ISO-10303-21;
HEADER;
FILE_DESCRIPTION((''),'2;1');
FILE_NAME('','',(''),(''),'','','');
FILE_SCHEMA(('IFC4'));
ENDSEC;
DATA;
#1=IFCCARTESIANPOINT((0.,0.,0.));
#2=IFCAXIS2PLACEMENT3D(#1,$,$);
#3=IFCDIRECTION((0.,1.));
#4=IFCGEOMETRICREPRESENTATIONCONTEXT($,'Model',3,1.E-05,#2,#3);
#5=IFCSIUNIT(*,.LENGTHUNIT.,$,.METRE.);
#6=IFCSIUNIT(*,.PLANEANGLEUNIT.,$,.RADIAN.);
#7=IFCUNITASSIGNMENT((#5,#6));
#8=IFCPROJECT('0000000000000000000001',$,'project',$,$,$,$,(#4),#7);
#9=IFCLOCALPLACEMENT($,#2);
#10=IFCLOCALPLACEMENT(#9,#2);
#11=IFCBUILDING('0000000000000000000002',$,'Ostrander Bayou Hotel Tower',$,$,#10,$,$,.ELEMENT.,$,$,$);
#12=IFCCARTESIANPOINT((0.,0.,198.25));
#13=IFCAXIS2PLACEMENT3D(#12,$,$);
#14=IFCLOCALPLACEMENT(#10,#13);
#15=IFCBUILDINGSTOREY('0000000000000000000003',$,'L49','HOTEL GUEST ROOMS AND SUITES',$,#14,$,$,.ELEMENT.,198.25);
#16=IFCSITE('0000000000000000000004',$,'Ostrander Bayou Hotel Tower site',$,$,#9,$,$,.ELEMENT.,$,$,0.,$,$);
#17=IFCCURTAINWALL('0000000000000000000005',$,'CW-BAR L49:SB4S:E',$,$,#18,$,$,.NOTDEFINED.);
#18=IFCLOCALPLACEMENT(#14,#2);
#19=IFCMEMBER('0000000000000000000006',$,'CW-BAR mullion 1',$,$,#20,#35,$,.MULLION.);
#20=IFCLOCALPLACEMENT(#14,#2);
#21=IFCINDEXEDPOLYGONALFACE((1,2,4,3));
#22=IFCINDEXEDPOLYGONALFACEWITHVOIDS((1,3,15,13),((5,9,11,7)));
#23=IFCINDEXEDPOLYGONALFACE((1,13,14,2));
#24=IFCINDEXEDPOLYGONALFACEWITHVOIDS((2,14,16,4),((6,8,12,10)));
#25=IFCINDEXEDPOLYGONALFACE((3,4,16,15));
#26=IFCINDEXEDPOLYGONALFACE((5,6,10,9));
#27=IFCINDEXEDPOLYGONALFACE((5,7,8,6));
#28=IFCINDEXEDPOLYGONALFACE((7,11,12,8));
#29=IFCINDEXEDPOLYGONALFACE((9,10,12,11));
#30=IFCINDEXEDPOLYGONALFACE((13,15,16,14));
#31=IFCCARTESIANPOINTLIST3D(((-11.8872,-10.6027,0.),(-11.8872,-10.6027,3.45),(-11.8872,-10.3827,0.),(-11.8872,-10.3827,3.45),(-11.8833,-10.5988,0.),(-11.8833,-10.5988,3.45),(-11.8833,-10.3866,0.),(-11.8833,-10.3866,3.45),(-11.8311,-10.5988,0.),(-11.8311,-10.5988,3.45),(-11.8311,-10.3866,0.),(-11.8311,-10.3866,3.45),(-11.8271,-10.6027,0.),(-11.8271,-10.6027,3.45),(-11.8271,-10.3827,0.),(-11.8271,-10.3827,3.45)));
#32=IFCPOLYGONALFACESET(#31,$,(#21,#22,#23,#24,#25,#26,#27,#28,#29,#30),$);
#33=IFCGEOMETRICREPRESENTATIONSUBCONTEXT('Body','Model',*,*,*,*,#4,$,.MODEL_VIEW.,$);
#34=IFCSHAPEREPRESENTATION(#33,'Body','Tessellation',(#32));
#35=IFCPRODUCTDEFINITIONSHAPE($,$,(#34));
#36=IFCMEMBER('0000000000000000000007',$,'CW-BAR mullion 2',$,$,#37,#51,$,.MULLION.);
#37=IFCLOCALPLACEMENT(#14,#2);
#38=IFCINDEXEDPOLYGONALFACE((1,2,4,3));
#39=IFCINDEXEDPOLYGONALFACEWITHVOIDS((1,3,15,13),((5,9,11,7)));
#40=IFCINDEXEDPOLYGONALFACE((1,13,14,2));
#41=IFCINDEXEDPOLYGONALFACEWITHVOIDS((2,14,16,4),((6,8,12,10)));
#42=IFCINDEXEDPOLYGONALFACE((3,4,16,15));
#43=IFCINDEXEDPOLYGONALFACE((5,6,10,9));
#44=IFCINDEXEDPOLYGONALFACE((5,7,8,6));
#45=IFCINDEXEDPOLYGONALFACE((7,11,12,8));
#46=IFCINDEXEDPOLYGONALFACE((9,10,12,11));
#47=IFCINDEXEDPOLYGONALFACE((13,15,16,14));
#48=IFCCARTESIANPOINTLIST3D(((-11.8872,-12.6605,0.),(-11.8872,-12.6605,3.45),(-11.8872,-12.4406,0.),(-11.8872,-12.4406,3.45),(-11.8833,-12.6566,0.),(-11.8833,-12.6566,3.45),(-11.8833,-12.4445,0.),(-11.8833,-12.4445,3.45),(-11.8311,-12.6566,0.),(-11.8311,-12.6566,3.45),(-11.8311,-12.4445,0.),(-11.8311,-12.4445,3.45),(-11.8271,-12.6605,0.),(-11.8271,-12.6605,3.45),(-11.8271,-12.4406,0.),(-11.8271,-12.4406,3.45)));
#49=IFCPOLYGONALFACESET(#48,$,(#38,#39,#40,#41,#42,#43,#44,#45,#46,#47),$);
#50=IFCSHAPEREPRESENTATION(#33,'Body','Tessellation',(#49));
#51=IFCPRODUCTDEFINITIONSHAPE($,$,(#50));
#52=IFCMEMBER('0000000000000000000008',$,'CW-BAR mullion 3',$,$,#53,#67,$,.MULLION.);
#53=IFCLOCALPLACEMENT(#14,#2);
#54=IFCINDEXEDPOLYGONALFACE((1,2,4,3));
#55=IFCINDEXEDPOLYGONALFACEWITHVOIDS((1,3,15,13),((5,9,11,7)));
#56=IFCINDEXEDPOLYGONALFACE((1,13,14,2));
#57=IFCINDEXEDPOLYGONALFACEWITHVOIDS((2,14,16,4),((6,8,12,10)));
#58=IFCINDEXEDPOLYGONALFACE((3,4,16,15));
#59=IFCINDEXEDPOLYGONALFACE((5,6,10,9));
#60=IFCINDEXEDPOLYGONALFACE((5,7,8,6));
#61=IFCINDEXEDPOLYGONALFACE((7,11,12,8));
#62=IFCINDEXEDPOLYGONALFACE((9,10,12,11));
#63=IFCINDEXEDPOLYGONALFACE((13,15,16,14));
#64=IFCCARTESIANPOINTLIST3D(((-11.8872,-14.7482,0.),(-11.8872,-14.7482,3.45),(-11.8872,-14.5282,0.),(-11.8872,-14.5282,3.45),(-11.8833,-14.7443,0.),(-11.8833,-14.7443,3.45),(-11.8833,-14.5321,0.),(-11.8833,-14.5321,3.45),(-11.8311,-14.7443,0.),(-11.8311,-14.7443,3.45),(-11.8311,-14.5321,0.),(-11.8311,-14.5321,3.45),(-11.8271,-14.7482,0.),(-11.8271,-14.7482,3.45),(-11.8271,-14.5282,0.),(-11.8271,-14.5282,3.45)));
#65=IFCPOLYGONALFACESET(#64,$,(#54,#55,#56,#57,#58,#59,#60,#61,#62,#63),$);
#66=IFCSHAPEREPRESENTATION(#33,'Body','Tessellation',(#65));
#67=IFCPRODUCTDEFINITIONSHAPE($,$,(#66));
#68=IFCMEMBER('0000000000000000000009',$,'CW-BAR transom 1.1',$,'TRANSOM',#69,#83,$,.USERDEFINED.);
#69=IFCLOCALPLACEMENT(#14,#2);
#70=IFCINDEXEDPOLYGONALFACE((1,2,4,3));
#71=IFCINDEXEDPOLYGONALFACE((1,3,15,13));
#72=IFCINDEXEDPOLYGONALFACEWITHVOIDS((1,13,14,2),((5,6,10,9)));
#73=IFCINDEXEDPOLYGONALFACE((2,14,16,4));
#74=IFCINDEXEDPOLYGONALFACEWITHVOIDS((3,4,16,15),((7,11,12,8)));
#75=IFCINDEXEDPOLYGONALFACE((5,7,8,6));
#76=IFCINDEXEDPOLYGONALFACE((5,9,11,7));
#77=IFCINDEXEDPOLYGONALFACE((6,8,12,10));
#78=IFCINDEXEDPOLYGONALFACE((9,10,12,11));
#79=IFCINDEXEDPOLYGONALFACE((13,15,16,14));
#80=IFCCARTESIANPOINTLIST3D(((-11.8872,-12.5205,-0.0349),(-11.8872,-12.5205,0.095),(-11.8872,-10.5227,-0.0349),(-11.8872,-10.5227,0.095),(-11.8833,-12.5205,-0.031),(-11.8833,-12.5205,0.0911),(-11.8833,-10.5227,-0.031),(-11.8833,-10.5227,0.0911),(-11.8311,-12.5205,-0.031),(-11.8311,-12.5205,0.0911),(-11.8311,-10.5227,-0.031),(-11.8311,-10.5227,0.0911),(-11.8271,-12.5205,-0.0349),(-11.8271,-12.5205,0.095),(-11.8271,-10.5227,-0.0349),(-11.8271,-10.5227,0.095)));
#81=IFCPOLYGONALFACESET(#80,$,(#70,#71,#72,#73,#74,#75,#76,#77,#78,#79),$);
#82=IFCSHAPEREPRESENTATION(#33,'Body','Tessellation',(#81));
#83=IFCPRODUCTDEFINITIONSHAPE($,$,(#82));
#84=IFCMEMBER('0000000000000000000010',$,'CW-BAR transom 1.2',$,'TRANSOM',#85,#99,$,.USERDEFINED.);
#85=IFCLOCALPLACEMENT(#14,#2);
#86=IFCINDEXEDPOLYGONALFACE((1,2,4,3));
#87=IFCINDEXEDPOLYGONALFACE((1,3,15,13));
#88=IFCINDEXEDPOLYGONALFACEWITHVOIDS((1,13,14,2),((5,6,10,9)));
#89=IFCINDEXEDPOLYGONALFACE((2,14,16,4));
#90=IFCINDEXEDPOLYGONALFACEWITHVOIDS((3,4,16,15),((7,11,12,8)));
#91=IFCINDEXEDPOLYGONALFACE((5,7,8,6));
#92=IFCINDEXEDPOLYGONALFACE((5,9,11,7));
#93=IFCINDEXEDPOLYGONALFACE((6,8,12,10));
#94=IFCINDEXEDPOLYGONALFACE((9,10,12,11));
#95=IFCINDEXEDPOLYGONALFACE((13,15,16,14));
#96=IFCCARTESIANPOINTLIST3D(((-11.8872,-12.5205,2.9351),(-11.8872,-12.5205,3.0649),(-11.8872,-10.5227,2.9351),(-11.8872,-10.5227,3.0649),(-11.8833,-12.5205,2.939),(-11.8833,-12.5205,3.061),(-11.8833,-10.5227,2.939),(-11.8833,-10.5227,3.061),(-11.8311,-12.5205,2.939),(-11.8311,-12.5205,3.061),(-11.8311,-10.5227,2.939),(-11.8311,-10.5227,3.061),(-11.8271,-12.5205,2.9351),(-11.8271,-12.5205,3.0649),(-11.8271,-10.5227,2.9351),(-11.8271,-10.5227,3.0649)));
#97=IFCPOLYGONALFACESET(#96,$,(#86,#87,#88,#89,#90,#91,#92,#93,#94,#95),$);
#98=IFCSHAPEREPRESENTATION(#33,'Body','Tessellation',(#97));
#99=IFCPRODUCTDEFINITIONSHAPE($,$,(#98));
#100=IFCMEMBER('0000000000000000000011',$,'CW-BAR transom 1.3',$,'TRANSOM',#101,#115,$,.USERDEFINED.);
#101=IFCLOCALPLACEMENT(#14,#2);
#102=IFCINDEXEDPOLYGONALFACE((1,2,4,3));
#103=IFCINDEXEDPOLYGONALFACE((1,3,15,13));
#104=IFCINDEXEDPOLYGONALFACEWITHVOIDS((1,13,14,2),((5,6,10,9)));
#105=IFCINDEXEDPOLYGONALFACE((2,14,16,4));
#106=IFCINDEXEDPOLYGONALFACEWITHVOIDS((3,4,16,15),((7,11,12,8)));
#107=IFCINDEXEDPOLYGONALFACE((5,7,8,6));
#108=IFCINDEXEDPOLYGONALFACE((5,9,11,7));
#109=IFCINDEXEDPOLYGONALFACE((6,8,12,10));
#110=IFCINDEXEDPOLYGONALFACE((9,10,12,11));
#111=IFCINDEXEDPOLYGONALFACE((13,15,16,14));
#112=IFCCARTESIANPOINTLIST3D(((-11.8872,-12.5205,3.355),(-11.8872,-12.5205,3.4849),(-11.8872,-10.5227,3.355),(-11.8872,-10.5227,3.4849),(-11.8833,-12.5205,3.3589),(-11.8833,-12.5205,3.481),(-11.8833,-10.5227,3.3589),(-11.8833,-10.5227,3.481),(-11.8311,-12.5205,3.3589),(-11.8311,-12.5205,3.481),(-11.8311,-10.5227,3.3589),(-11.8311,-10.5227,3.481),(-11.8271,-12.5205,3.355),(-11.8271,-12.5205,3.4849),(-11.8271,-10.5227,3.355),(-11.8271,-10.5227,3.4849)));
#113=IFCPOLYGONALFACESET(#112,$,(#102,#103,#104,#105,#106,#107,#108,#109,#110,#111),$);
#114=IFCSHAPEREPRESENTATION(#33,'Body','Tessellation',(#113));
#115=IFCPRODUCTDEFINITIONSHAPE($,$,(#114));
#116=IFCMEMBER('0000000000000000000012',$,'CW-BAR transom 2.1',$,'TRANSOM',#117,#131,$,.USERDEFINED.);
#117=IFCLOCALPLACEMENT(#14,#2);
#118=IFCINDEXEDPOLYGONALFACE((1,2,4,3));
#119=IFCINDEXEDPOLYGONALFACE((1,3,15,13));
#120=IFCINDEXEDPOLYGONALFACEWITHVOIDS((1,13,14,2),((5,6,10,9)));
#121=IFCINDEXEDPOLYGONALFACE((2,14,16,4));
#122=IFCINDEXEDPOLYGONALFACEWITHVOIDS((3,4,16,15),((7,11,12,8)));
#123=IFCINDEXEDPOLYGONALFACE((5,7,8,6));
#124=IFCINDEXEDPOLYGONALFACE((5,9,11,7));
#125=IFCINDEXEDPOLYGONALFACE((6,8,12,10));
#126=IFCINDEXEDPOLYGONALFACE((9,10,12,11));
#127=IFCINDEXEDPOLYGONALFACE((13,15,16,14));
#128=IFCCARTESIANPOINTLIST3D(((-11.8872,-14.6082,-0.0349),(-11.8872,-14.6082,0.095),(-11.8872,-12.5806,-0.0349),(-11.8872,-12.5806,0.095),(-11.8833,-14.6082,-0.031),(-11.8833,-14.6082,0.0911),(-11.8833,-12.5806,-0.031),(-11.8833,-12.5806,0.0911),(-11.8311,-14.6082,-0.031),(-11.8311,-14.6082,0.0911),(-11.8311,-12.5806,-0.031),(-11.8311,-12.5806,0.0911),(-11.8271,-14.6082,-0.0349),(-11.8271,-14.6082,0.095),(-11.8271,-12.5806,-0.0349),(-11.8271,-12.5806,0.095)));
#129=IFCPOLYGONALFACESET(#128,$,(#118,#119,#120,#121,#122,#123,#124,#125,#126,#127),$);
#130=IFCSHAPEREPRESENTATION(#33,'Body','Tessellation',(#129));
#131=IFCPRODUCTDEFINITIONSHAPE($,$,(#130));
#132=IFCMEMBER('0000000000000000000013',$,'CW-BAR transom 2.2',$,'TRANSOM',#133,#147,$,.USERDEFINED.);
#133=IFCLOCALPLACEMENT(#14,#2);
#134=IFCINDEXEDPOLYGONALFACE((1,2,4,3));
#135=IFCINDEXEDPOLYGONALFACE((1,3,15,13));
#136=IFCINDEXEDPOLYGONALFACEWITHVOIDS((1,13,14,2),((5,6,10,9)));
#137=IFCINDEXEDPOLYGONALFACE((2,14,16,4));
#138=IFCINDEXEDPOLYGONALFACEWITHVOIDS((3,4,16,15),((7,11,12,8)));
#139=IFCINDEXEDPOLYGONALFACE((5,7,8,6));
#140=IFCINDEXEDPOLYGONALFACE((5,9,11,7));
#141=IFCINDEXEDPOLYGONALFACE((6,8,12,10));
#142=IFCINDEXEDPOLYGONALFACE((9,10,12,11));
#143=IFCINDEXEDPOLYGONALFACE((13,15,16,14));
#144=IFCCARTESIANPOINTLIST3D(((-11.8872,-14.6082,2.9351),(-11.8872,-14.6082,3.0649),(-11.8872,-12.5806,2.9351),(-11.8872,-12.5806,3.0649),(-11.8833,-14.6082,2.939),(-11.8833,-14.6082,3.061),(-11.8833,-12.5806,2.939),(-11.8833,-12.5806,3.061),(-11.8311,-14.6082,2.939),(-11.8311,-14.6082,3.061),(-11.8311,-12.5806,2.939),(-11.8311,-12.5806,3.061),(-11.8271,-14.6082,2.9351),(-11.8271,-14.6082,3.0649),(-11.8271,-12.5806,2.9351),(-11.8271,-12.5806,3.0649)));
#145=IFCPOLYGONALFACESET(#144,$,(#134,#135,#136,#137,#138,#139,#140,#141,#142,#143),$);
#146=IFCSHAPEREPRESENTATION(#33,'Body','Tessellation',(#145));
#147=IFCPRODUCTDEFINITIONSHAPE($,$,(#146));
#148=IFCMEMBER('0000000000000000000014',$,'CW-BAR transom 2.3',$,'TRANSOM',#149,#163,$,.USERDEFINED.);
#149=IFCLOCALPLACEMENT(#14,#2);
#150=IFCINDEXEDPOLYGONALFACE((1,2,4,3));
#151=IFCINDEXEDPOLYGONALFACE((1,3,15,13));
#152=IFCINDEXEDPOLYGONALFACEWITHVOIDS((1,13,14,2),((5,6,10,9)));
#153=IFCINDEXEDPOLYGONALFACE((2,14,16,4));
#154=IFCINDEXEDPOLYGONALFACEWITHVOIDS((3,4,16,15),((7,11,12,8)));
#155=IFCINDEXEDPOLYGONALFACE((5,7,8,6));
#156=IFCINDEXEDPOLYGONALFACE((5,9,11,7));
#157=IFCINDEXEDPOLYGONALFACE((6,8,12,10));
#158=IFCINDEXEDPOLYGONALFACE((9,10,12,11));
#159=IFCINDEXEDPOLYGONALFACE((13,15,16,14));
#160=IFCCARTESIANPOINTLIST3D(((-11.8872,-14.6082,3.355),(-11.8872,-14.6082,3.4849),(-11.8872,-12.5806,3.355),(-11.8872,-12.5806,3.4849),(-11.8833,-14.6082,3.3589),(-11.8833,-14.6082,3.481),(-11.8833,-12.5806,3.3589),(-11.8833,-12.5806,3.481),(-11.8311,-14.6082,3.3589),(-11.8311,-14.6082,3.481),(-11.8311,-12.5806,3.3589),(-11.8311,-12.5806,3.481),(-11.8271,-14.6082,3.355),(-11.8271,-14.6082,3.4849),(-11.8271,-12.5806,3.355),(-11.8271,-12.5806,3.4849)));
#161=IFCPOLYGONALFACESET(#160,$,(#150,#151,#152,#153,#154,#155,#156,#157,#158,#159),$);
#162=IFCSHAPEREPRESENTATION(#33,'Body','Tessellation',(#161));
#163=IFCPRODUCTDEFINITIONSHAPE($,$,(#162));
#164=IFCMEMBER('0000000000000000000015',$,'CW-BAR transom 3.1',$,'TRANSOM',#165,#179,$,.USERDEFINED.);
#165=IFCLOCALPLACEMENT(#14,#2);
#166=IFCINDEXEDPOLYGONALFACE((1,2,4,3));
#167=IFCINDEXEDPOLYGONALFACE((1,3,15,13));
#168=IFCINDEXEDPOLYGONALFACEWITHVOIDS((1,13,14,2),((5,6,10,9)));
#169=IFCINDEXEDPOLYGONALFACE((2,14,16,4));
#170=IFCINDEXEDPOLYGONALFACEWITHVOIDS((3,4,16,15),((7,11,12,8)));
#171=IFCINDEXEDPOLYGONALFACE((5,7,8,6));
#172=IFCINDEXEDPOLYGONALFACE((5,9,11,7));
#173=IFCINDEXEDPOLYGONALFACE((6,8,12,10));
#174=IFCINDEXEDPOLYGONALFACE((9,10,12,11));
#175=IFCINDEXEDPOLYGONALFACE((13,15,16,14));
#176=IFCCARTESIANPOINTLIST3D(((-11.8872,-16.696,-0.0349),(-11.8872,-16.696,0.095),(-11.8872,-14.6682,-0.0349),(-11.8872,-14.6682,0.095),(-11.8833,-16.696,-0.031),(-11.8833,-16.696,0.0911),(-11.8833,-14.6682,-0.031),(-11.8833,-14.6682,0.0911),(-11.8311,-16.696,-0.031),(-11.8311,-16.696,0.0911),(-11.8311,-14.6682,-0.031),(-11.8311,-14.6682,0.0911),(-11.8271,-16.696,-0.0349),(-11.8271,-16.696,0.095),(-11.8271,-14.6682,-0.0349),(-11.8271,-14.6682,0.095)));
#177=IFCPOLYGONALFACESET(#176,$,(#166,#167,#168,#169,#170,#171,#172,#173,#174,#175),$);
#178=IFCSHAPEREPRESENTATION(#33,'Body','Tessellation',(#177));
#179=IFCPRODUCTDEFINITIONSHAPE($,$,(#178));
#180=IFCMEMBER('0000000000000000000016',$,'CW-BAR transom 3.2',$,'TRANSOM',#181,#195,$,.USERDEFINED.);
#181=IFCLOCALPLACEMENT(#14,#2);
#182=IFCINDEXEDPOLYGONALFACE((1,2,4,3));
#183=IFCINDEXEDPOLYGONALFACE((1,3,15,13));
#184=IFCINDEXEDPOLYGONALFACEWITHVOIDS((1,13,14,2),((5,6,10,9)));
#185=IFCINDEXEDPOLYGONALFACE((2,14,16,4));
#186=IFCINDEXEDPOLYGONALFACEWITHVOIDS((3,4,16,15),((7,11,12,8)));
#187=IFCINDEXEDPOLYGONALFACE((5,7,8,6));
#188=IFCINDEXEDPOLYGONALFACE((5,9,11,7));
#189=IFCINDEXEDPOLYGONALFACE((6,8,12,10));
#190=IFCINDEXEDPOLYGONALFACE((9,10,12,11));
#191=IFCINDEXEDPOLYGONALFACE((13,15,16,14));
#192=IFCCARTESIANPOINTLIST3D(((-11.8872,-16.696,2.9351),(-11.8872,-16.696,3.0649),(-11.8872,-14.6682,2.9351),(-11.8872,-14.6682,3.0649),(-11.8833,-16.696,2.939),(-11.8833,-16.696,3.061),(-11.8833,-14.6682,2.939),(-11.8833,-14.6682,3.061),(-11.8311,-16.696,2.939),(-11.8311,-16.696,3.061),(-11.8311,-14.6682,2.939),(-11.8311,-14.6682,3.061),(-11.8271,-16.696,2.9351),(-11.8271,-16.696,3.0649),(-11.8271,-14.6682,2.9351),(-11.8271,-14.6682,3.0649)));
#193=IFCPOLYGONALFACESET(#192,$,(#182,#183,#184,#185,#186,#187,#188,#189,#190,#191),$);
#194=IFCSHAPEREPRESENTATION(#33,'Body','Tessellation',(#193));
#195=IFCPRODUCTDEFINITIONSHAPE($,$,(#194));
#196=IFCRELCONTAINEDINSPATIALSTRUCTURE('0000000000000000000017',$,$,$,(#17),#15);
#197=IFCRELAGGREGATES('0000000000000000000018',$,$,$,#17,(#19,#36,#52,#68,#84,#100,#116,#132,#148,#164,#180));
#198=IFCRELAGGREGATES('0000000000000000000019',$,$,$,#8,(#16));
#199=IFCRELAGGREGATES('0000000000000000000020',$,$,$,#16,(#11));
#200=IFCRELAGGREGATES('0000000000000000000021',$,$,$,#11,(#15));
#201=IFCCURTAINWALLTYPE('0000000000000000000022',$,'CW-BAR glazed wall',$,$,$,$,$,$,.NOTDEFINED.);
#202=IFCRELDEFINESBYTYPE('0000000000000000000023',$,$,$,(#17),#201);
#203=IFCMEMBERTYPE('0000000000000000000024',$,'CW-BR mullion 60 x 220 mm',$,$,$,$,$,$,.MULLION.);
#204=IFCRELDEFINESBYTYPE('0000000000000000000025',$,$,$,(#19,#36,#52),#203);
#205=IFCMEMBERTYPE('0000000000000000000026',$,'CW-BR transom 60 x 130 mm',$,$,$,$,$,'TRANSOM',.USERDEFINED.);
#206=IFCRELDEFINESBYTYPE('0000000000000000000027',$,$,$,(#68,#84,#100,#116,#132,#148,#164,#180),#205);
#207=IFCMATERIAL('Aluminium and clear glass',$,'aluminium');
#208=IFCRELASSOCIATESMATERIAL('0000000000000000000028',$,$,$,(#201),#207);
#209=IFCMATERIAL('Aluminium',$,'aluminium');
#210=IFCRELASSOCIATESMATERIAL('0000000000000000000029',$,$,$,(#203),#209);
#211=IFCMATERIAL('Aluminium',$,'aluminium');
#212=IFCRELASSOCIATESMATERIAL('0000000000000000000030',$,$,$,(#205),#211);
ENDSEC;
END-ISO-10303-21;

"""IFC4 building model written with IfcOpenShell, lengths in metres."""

from ifc_helpers import new_model, si_unit, direction, frame, origin, origin_2d, place, context, subcontext, project, spatial, hollow_rectangle, extrude, material, material_profile, profile_set, type_object, element, aggregate, save


model = new_model("IFC4")

# Units and contexts
model_context = context("Model", 3, precision=1e-05, world=origin(), true_north=direction((0.0, 1.0)))
body_context = subcontext(model_context, "Body", "Model", "MODEL_VIEW")
ifc_project = project(units=[si_unit("LENGTHUNIT", "METRE"), si_unit("PLANEANGLEUNIT", "RADIAN")], contexts=[model_context])

# Site, building, storey
site_placement = place(None, origin())
site = spatial("IfcSite", under=ifc_project, at=site_placement, Name="Ostrander Bayou Hotel Tower site", CompositionType="ELEMENT", RefElevation=0.0)
building_placement = place(site_placement, origin())
building = spatial("IfcBuilding", under=site, at=building_placement, Name="Ostrander Bayou Hotel Tower", CompositionType="ELEMENT")
storey_placement = place(building_placement, frame((0.0, 0.0, 198.25)))
storey = spatial("IfcBuildingStorey", under=building, at=storey_placement, Name="L49", Description="HOTEL GUEST ROOMS AND SUITES", CompositionType="ELEMENT", Elevation=198.25)

# Curtain wall, members
ifc_material_1 = material(Name="Aluminium and clear glass", Category="aluminium")
curtain_wall_type = type_object("IfcCurtainWallType", Name="CW-BAR glazed wall", PredefinedType="NOTDEFINED", material=ifc_material_1)
curtain_wall_placement = place(storey_placement, origin())
curtain_wall = element("IfcCurtainWall", 1, at=curtain_wall_placement, inside=storey, type_object=curtain_wall_type, Name="CW-BAR L49:SB4S:E", PredefinedType="NOTDEFINED")
ifc_material_2 = material(Name="Aluminium", Category="aluminium")
ifc_material_profile_1 = material_profile(ifc_material_2, hollow_rectangle(XDim=0.0601, YDim=0.22, WallThickness=0.0039, at=origin_2d()))
ifc_profile_set_1 = profile_set([ifc_material_profile_1], Name="Aluminium")
member_type_1 = type_object("IfcMemberType", Name="CW-BR mullion 60 x 220 mm", PredefinedType="MULLION", material=ifc_profile_set_1)
member_1_placement = place(storey_placement, frame((-11.8572, -10.4927, 0.0), z_axis=(0.0, 0.0, 1.0), x_axis=(1.0, 0.0, 0.0)))
member_1 = element("IfcMember", 2, at=member_1_placement, type_object=member_type_1, Name="CW-BAR mullion 1", PredefinedType="MULLION", context=body_context, shape_type="SweptSolid", body=[
    extrude(hollow_rectangle(XDim=0.0601, YDim=0.22, WallThickness=0.0039, at=origin_2d()), origin(), (0.0, 0.0, 1.0), 3.45),
])
member_2_placement = place(storey_placement, frame((-11.8572, -12.5505, 0.0), z_axis=(0.0, 0.0, 1.0), x_axis=(1.0, 0.0, 0.0)))
member_2 = element("IfcMember", 3, at=member_2_placement, type_object=member_type_1, Name="CW-BAR mullion 2", PredefinedType="MULLION", context=body_context, shape_type="SweptSolid", body=[
    extrude(hollow_rectangle(XDim=0.0601, YDim=0.22, WallThickness=0.0039, at=origin_2d()), origin(), (0.0, 0.0, 1.0), 3.45),
])
member_3_placement = place(storey_placement, frame((-11.8572, -14.6382, 0.0), z_axis=(0.0, 0.0, 1.0), x_axis=(1.0, 0.0, 0.0)))
member_3 = element("IfcMember", 4, at=member_3_placement, type_object=member_type_1, Name="CW-BAR mullion 3", PredefinedType="MULLION", context=body_context, shape_type="SweptSolid", body=[
    extrude(hollow_rectangle(XDim=0.0601, YDim=0.22, WallThickness=0.0039, at=origin_2d()), origin(), (0.0, 0.0, 1.0), 3.45),
])
ifc_material_3 = material(Name="Aluminium", Category="aluminium")
ifc_material_profile_2 = material_profile(ifc_material_3, hollow_rectangle(XDim=0.0601, YDim=0.1299, WallThickness=0.0039, at=origin_2d()))
ifc_profile_set_2 = profile_set([ifc_material_profile_2], Name="Aluminium")
member_type_2 = type_object("IfcMemberType", Name="CW-BR transom 60 x 130 mm", ElementType="TRANSOM", PredefinedType="USERDEFINED", material=ifc_profile_set_2)
member_4_placement = place(storey_placement, frame((-11.8572, -10.5227, 0.03), z_axis=(0.0, -1.0, 0.0), x_axis=(1.0, 0.0, 0.0)))
member_4 = element("IfcMember", 5, at=member_4_placement, type_object=member_type_2, Name="CW-BAR transom 1.1", ObjectType="TRANSOM", PredefinedType="USERDEFINED", context=body_context, shape_type="SweptSolid", body=[
    extrude(hollow_rectangle(XDim=0.0601, YDim=0.1299, WallThickness=0.0039, at=origin_2d()), origin(), (0.0, 0.0, 1.0), 1.9978),
])
member_5_placement = place(storey_placement, frame((-11.8572, -10.5227, 3.0), z_axis=(0.0, -1.0, 0.0), x_axis=(1.0, 0.0, 0.0)))
member_5 = element("IfcMember", 6, at=member_5_placement, type_object=member_type_2, Name="CW-BAR transom 1.2", ObjectType="TRANSOM", PredefinedType="USERDEFINED", context=body_context, shape_type="SweptSolid", body=[
    extrude(hollow_rectangle(XDim=0.0601, YDim=0.1299, WallThickness=0.0039, at=origin_2d()), origin(), (0.0, 0.0, 1.0), 1.9978),
])
member_6_placement = place(storey_placement, frame((-11.8572, -10.5227, 3.4199), z_axis=(0.0, -1.0, 0.0), x_axis=(1.0, 0.0, 0.0)))
member_6 = element("IfcMember", 7, at=member_6_placement, type_object=member_type_2, Name="CW-BAR transom 1.3", ObjectType="TRANSOM", PredefinedType="USERDEFINED", context=body_context, shape_type="SweptSolid", body=[
    extrude(hollow_rectangle(XDim=0.0601, YDim=0.1299, WallThickness=0.0039, at=origin_2d()), origin(), (0.0, 0.0, 1.0), 1.9978),
])
member_7_placement = place(storey_placement, frame((-11.8572, -12.5806, 0.03), z_axis=(0.0, -1.0, 0.0), x_axis=(1.0, 0.0, 0.0)))
member_7 = element("IfcMember", 8, at=member_7_placement, type_object=member_type_2, Name="CW-BAR transom 2.1", ObjectType="TRANSOM", PredefinedType="USERDEFINED", context=body_context, shape_type="SweptSolid", body=[
    extrude(hollow_rectangle(XDim=0.0601, YDim=0.1299, WallThickness=0.0039, at=origin_2d()), origin(), (0.0, 0.0, 1.0), 2.0276),
])
member_8_placement = place(storey_placement, frame((-11.8572, -12.5806, 3.0), z_axis=(0.0, -1.0, 0.0), x_axis=(1.0, 0.0, 0.0)))
member_8 = element("IfcMember", 9, at=member_8_placement, type_object=member_type_2, Name="CW-BAR transom 2.2", ObjectType="TRANSOM", PredefinedType="USERDEFINED", context=body_context, shape_type="SweptSolid", body=[
    extrude(hollow_rectangle(XDim=0.0601, YDim=0.1299, WallThickness=0.0039, at=origin_2d()), origin(), (0.0, 0.0, 1.0), 2.0276),
])
member_9_placement = place(storey_placement, frame((-11.8572, -12.5806, 3.4199), z_axis=(0.0, -1.0, 0.0), x_axis=(1.0, 0.0, 0.0)))
member_9 = element("IfcMember", 10, at=member_9_placement, type_object=member_type_2, Name="CW-BAR transom 2.3", ObjectType="TRANSOM", PredefinedType="USERDEFINED", context=body_context, shape_type="SweptSolid", body=[
    extrude(hollow_rectangle(XDim=0.0601, YDim=0.1299, WallThickness=0.0039, at=origin_2d()), origin(), (0.0, 0.0, 1.0), 2.0276),
])
member_10_placement = place(storey_placement, frame((-11.8572, -14.6682, 0.03), z_axis=(0.0, -1.0, 0.0), x_axis=(1.0, 0.0, 0.0)))
member_10 = element("IfcMember", 11, at=member_10_placement, type_object=member_type_2, Name="CW-BAR transom 3.1", ObjectType="TRANSOM", PredefinedType="USERDEFINED", context=body_context, shape_type="SweptSolid", body=[
    extrude(hollow_rectangle(XDim=0.0601, YDim=0.1299, WallThickness=0.0039, at=origin_2d()), origin(), (0.0, 0.0, 1.0), 2.0278),
])
member_11_placement = place(storey_placement, frame((-11.8572, -14.6682, 3.0), z_axis=(0.0, -1.0, 0.0), x_axis=(1.0, 0.0, 0.0)))
member_11 = element("IfcMember", 12, at=member_11_placement, type_object=member_type_2, Name="CW-BAR transom 3.2", ObjectType="TRANSOM", PredefinedType="USERDEFINED", context=body_context, shape_type="SweptSolid", body=[
    extrude(hollow_rectangle(XDim=0.0601, YDim=0.1299, WallThickness=0.0039, at=origin_2d()), origin(), (0.0, 0.0, 1.0), 2.0278),
])
aggregate(curtain_wall, [member_1, member_2, member_3, member_4, member_5, member_6, member_7, member_8, member_9, member_10, member_11])

save(model, "model.ifc")
